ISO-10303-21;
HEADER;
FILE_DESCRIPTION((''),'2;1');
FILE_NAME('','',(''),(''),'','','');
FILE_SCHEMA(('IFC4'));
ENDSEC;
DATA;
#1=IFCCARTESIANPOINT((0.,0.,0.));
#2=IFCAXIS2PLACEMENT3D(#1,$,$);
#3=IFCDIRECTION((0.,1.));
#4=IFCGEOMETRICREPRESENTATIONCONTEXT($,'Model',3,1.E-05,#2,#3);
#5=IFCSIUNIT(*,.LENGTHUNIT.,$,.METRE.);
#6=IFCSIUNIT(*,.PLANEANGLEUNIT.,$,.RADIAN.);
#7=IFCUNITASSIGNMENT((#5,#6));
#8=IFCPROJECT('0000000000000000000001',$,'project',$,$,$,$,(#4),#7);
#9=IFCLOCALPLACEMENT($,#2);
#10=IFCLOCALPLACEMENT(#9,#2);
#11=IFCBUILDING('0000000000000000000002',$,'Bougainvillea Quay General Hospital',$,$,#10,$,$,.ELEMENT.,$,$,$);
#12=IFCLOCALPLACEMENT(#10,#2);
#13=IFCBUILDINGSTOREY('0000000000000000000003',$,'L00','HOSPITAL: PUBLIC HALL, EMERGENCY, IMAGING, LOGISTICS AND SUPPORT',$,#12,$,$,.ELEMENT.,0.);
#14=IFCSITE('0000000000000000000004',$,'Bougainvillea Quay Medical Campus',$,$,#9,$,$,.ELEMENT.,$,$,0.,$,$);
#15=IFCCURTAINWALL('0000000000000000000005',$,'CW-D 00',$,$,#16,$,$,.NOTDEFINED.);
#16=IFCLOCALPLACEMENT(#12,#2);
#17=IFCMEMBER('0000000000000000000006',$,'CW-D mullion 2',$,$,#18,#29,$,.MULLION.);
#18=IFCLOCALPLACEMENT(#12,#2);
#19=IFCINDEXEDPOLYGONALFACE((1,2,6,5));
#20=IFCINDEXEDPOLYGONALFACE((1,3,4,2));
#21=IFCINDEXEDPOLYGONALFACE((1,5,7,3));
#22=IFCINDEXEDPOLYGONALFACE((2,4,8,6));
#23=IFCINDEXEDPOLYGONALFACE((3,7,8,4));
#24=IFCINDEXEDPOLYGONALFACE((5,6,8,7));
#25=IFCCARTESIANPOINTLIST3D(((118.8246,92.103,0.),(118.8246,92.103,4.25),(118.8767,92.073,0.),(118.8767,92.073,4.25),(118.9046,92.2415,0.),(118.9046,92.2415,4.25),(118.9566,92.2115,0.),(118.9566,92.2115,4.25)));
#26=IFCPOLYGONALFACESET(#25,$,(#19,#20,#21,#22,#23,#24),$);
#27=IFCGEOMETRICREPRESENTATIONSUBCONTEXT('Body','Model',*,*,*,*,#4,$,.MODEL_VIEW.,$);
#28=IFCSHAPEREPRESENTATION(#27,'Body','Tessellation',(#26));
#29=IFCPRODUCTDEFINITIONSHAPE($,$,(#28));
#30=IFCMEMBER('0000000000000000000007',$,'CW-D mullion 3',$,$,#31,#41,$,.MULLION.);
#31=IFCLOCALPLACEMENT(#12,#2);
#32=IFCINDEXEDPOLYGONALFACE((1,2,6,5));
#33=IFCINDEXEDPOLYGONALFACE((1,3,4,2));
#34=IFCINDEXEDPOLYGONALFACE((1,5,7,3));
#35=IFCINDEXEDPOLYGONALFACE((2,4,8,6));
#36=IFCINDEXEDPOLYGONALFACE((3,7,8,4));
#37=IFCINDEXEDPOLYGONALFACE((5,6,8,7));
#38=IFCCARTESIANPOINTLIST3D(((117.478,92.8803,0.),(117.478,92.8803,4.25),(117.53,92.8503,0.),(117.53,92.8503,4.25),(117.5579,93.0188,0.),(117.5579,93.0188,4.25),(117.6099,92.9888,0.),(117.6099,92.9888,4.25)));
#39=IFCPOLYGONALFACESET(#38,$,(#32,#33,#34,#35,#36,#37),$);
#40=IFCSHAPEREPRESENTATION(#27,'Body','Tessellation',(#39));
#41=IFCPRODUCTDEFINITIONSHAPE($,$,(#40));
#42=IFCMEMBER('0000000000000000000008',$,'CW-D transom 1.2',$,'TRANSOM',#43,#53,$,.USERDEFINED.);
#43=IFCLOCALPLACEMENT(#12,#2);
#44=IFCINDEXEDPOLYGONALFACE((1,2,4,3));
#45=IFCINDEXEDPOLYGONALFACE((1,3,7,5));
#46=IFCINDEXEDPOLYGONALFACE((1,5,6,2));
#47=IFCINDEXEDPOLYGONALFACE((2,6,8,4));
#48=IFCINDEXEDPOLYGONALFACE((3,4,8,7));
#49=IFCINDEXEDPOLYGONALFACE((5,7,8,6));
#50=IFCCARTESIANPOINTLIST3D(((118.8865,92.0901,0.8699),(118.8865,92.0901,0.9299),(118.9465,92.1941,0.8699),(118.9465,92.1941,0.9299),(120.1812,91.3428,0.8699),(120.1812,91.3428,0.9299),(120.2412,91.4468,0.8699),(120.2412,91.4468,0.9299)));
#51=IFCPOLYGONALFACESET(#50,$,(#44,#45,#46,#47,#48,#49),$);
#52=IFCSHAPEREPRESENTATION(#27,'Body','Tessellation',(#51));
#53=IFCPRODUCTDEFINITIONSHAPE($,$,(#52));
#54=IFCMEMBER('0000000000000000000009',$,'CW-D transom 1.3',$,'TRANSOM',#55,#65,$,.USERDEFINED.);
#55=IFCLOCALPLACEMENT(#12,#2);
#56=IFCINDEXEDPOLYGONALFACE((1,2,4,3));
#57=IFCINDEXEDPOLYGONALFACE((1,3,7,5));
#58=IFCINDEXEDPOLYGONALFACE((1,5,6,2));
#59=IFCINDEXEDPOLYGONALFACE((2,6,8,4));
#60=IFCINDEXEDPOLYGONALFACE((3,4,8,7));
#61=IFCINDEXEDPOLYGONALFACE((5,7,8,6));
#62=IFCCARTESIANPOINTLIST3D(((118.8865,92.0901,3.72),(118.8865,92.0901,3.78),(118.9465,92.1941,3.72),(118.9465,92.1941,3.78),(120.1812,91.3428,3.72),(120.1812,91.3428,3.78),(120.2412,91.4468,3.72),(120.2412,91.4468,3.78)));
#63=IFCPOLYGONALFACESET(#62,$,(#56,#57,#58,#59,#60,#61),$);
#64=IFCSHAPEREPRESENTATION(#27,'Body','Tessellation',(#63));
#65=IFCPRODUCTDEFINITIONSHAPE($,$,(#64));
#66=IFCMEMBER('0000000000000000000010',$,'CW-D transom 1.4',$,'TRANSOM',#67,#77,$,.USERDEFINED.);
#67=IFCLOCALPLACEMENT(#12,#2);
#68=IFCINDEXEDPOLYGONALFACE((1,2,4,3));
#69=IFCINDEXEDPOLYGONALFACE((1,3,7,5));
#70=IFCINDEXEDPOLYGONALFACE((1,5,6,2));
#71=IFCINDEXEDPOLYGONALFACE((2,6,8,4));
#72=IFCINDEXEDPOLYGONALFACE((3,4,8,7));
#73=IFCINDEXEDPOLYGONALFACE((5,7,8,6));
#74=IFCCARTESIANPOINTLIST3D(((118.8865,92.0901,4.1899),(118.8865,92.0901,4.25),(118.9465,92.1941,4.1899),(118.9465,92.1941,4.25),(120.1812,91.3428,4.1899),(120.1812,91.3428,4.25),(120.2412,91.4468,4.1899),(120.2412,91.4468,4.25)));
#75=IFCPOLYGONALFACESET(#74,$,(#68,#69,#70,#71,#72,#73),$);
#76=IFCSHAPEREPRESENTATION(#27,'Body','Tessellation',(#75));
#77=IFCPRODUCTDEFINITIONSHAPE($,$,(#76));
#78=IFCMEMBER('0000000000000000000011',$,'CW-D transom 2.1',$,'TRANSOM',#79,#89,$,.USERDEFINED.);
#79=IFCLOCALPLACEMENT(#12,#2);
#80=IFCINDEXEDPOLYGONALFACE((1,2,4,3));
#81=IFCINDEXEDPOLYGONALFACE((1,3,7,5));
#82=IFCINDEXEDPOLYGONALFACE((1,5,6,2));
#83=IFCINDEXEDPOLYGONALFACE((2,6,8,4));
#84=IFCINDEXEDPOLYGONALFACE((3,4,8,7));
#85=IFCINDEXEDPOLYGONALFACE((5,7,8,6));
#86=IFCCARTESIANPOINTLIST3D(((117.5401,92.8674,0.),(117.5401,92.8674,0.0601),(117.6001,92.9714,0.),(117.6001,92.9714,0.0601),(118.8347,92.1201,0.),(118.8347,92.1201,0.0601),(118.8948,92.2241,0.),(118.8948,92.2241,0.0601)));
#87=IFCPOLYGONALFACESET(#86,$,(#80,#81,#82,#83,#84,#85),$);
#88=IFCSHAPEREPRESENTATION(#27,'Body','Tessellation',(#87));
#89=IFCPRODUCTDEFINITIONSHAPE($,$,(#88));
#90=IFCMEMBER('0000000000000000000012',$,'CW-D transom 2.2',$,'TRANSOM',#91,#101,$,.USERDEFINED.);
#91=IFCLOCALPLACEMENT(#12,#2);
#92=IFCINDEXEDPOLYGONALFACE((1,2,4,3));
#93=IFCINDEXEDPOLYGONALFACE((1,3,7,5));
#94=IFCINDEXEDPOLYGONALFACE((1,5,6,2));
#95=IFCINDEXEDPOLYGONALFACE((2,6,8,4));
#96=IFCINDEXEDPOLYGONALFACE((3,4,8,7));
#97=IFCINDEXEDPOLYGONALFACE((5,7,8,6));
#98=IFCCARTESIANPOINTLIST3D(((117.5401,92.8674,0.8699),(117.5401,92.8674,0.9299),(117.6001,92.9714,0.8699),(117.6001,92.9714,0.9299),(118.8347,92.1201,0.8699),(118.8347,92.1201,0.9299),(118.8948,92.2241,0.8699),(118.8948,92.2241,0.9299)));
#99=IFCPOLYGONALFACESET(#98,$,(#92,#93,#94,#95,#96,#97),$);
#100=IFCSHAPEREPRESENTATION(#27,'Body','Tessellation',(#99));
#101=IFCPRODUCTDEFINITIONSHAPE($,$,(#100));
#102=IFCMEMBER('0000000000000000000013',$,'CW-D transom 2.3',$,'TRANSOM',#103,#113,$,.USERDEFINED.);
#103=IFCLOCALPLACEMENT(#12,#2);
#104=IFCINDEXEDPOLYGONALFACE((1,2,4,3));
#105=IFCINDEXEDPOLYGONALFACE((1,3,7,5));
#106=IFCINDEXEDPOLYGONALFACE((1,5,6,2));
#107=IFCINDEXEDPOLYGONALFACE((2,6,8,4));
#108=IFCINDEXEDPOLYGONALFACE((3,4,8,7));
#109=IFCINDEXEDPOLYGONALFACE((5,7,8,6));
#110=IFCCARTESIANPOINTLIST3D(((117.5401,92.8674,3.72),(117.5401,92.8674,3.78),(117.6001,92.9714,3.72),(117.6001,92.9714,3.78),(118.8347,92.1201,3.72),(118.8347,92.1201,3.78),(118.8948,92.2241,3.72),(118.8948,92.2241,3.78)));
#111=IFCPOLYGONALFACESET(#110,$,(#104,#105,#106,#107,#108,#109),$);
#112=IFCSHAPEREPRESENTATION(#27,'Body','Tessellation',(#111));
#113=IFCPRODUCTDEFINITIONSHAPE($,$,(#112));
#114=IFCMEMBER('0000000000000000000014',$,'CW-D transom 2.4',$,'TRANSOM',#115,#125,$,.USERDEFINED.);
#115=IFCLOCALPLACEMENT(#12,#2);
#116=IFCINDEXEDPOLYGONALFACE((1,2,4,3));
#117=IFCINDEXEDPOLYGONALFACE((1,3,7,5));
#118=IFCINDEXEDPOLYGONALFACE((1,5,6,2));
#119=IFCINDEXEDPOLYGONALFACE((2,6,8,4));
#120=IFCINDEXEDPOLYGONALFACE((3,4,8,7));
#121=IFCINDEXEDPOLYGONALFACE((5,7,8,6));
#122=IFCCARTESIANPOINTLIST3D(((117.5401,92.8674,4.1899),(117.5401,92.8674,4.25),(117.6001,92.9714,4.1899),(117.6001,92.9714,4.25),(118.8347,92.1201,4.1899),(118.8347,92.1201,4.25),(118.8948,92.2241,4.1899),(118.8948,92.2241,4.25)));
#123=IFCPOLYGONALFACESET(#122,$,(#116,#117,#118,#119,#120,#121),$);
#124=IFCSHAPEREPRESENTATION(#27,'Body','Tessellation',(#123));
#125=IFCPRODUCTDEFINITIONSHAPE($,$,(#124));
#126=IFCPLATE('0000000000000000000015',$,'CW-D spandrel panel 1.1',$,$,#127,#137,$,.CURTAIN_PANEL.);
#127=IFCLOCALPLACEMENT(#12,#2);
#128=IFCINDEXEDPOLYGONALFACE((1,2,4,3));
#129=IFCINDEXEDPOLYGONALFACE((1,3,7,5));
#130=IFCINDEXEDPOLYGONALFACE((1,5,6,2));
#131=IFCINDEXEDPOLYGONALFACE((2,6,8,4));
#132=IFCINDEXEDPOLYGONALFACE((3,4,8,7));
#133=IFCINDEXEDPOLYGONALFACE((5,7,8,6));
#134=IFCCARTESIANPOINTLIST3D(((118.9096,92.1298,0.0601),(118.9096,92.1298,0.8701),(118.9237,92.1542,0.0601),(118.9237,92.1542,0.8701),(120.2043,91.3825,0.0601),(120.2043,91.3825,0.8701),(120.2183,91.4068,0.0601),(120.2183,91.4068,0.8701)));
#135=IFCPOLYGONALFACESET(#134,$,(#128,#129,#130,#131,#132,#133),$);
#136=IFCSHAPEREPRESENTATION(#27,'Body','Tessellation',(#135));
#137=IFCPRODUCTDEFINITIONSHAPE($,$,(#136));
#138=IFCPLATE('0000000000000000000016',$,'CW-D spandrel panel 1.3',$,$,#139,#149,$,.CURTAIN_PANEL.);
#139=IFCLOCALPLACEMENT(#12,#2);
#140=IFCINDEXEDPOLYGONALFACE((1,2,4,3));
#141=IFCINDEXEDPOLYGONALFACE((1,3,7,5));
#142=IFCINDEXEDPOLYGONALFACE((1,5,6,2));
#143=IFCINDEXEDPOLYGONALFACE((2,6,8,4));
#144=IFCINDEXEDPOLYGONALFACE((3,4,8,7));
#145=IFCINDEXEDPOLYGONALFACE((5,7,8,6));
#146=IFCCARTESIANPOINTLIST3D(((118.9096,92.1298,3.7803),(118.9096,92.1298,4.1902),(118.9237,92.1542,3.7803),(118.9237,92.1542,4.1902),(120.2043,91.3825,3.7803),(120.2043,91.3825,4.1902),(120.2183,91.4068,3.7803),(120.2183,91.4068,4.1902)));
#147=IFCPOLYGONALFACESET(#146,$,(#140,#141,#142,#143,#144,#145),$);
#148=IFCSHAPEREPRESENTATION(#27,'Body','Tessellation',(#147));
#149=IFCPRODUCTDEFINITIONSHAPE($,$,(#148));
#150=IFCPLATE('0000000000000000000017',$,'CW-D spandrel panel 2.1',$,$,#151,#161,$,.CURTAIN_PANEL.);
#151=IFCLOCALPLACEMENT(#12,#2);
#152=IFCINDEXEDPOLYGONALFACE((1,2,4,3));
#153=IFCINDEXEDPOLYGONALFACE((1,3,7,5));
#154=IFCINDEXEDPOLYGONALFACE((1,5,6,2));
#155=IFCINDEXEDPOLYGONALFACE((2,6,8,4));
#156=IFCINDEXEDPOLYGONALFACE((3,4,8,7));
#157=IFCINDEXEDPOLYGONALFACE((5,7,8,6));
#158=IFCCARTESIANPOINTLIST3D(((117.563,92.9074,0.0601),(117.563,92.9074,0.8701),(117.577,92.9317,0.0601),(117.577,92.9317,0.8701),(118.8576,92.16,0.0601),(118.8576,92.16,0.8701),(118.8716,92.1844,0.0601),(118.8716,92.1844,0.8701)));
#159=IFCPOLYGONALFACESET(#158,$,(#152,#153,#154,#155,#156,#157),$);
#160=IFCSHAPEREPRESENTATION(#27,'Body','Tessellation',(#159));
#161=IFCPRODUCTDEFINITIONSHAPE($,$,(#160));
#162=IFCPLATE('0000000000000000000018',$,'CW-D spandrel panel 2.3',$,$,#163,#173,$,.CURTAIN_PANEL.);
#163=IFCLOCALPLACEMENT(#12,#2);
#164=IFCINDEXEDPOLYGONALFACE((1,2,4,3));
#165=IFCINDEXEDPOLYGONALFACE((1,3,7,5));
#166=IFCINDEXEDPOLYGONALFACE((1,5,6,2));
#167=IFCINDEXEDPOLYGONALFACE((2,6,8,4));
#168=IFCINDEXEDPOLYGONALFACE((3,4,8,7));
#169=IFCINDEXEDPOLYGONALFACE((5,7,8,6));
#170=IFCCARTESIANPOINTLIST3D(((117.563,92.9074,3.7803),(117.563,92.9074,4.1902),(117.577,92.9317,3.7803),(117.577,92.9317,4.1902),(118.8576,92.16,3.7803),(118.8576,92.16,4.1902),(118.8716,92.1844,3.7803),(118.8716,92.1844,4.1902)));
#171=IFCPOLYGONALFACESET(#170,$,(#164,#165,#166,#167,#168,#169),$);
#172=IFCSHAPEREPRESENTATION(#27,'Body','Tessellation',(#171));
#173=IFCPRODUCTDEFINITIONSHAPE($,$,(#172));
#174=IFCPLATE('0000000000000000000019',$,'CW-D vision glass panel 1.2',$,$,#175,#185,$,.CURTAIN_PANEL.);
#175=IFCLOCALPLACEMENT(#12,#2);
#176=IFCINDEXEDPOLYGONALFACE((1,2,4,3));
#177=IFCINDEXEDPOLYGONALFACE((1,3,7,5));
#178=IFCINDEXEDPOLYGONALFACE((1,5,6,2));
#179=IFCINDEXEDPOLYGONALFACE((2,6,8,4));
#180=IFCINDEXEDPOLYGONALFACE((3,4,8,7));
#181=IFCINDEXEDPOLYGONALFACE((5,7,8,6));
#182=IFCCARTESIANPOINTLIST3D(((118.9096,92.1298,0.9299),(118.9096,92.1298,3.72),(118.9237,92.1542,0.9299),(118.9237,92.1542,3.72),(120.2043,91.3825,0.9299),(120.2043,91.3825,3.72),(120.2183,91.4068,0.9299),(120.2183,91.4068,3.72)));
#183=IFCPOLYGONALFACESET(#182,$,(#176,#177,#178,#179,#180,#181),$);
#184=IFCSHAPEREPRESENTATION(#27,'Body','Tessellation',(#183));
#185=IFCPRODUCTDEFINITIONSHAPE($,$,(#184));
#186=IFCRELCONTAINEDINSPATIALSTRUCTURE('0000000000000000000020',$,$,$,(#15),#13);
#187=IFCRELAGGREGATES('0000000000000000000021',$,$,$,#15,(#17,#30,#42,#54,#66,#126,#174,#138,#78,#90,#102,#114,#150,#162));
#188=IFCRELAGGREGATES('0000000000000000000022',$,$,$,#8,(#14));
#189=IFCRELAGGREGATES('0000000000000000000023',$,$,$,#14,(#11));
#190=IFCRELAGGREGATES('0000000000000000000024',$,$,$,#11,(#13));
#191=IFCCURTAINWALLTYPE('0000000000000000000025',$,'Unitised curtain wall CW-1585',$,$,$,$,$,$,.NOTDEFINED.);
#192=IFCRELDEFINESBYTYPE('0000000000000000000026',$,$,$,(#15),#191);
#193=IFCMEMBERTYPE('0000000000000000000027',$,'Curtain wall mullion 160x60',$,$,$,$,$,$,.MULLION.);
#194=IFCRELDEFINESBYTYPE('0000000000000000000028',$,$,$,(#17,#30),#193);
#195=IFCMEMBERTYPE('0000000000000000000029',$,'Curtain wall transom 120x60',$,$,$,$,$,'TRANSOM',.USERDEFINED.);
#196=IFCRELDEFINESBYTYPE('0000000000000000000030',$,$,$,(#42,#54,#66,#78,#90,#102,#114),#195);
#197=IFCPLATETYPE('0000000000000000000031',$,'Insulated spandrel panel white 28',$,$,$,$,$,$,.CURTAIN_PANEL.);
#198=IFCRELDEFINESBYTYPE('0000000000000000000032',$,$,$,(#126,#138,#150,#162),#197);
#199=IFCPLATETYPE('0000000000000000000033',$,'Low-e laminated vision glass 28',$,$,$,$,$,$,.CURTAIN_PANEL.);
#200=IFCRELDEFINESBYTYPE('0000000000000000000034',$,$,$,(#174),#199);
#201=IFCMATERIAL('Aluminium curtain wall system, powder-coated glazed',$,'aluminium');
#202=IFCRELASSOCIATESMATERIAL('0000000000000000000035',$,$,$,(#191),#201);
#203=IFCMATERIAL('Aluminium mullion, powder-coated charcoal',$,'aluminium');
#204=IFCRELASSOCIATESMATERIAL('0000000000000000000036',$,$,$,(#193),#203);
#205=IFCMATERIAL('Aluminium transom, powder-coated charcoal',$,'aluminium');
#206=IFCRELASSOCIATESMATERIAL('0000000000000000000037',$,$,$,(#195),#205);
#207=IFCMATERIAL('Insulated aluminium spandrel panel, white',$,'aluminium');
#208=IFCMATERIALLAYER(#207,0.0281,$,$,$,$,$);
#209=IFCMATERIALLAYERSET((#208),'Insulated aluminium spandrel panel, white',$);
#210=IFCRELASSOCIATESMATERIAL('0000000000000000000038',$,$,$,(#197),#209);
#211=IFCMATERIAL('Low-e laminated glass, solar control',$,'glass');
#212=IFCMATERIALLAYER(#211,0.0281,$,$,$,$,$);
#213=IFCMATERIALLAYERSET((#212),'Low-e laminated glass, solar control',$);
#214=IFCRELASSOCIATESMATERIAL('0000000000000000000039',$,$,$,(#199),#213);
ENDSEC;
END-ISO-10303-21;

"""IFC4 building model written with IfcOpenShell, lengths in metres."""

from ifc_helpers import new_model, si_unit, direction, frame, origin, origin_2d, place, context, subcontext, project, spatial, rectangle, extrude, material, layer, layer_set, material_profile, profile_set, type_object, element, aggregate, save


model = new_model("IFC4")

# Units and contexts
model_context = context("Model", 3, precision=1e-05, world=origin(), true_north=direction((0.0, 1.0)))
body_context = subcontext(model_context, "Body", "Model", "MODEL_VIEW")
ifc_project = project(units=[si_unit("LENGTHUNIT", "METRE"), si_unit("PLANEANGLEUNIT", "RADIAN")], contexts=[model_context])

# Site, building, storey
site_placement = place(None, origin())
site = spatial("IfcSite", under=ifc_project, at=site_placement, Name="Bougainvillea Quay Medical Campus", CompositionType="ELEMENT", RefElevation=0.0)
building_placement = place(site_placement, origin())
building = spatial("IfcBuilding", under=site, at=building_placement, Name="Bougainvillea Quay General Hospital", CompositionType="ELEMENT")
storey_placement = place(building_placement, origin())
storey = spatial("IfcBuildingStorey", under=building, at=storey_placement, Name="L00", Description="HOSPITAL: PUBLIC HALL, EMERGENCY, IMAGING, LOGISTICS AND SUPPORT", CompositionType="ELEMENT", Elevation=0.0)

# Curtain wall, members, plates
ifc_material_1 = material(Name="Aluminium curtain wall system, powder-coated glazed", Category="aluminium")
curtain_wall_type = type_object("IfcCurtainWallType", Name="Unitised curtain wall CW-1585", PredefinedType="NOTDEFINED", material=ifc_material_1)
curtain_wall_placement = place(storey_placement, origin())
curtain_wall = element("IfcCurtainWall", 1, at=curtain_wall_placement, inside=storey, type_object=curtain_wall_type, Name="CW-D 00", PredefinedType="NOTDEFINED")
ifc_material_2 = material(Name="Aluminium mullion, powder-coated charcoal", Category="aluminium")
ifc_material_profile_1 = material_profile(ifc_material_2, rectangle(XDim=0.1599, YDim=0.0601, at=origin_2d()))
ifc_profile_set_1 = profile_set([ifc_material_profile_1], Name="Aluminium mullion, powder-coated charcoal")
member_type_1 = type_object("IfcMemberType", Name="Curtain wall mullion 160x60", PredefinedType="MULLION", material=ifc_profile_set_1)
member_1_placement = place(storey_placement, frame((118.8906, 92.1572, 0.0), z_axis=(0.0, 0.0, 1.0), x_axis=(-0.499965, -0.866046, 0.0)))
member_1 = element("IfcMember", 2, at=member_1_placement, type_object=member_type_1, Name="CW-D mullion 2", PredefinedType="MULLION", context=body_context, shape_type="SweptSolid", body=[
    extrude(rectangle(XDim=0.1599, YDim=0.0601, at=origin_2d()), origin(), (0.0, 0.0, 1.0), 4.25),
])
member_2_placement = place(storey_placement, frame((117.5439, 92.9346, 0.0), z_axis=(0.0, 0.0, 1.0), x_axis=(-0.499965, -0.866046, 0.0)))
member_2 = element("IfcMember", 3, at=member_2_placement, type_object=member_type_1, Name="CW-D mullion 3", PredefinedType="MULLION", context=body_context, shape_type="SweptSolid", body=[
    extrude(rectangle(XDim=0.1599, YDim=0.0601, at=origin_2d()), origin(), (0.0, 0.0, 1.0), 4.25),
])
ifc_material_3 = material(Name="Aluminium transom, powder-coated charcoal", Category="aluminium")
ifc_material_profile_2 = material_profile(ifc_material_3, rectangle(XDim=0.1201, YDim=0.0601, at=origin_2d()))
ifc_profile_set_2 = profile_set([ifc_material_profile_2], Name="Aluminium transom, powder-coated charcoal")
member_type_2 = type_object("IfcMemberType", Name="Curtain wall transom 120x60", ElementType="TRANSOM", PredefinedType="USERDEFINED", material=ifc_profile_set_2)
member_3_placement = place(storey_placement, frame((120.2112, 91.3948, 0.8999), z_axis=(-0.866074, 0.499916, 0.0), x_axis=(-0.499916, -0.866074, 0.0)))
member_3 = element("IfcMember", 4, at=member_3_placement, type_object=member_type_2, Name="CW-D transom 1.2", ObjectType="TRANSOM", PredefinedType="USERDEFINED", context=body_context, shape_type="SweptSolid", body=[
    extrude(rectangle(XDim=0.1201, YDim=0.0601, at=origin_2d()), origin(), (0.0, 0.0, 1.0), 1.4949),
])
member_4_placement = place(storey_placement, frame((120.2112, 91.3948, 3.75), z_axis=(-0.866074, 0.499916, 0.0), x_axis=(-0.499916, -0.866074, 0.0)))
member_4 = element("IfcMember", 5, at=member_4_placement, type_object=member_type_2, Name="CW-D transom 1.3", ObjectType="TRANSOM", PredefinedType="USERDEFINED", context=body_context, shape_type="SweptSolid", body=[
    extrude(rectangle(XDim=0.1201, YDim=0.0601, at=origin_2d()), origin(), (0.0, 0.0, 1.0), 1.4949),
])
member_5_placement = place(storey_placement, frame((120.2112, 91.3948, 4.22), z_axis=(-0.866074, 0.499916, 0.0), x_axis=(-0.499916, -0.866074, 0.0)))
member_5 = element("IfcMember", 6, at=member_5_placement, type_object=member_type_2, Name="CW-D transom 1.4", ObjectType="TRANSOM", PredefinedType="USERDEFINED", context=body_context, shape_type="SweptSolid", body=[
    extrude(rectangle(XDim=0.1201, YDim=0.0601, at=origin_2d()), origin(), (0.0, 0.0, 1.0), 1.4949),
])
member_6_placement = place(storey_placement, frame((118.8647, 92.1721, 0.03), z_axis=(-0.866074, 0.499916, 0.0), x_axis=(-0.499916, -0.866074, 0.0)))
member_6 = element("IfcMember", 7, at=member_6_placement, type_object=member_type_2, Name="CW-D transom 2.1", ObjectType="TRANSOM", PredefinedType="USERDEFINED", context=body_context, shape_type="SweptSolid", body=[
    extrude(rectangle(XDim=0.1201, YDim=0.0601, at=origin_2d()), origin(), (0.0, 0.0, 1.0), 1.4949),
])
member_7_placement = place(storey_placement, frame((118.8647, 92.1721, 0.8999), z_axis=(-0.866074, 0.499916, 0.0), x_axis=(-0.499916, -0.866074, 0.0)))
member_7 = element("IfcMember", 8, at=member_7_placement, type_object=member_type_2, Name="CW-D transom 2.2", ObjectType="TRANSOM", PredefinedType="USERDEFINED", context=body_context, shape_type="SweptSolid", body=[
    extrude(rectangle(XDim=0.1201, YDim=0.0601, at=origin_2d()), origin(), (0.0, 0.0, 1.0), 1.4949),
])
member_8_placement = place(storey_placement, frame((118.8647, 92.1721, 3.75), z_axis=(-0.866074, 0.499916, 0.0), x_axis=(-0.499916, -0.866074, 0.0)))
member_8 = element("IfcMember", 9, at=member_8_placement, type_object=member_type_2, Name="CW-D transom 2.3", ObjectType="TRANSOM", PredefinedType="USERDEFINED", context=body_context, shape_type="SweptSolid", body=[
    extrude(rectangle(XDim=0.1201, YDim=0.0601, at=origin_2d()), origin(), (0.0, 0.0, 1.0), 1.4949),
])
member_9_placement = place(storey_placement, frame((118.8647, 92.1721, 4.22), z_axis=(-0.866074, 0.499916, 0.0), x_axis=(-0.499916, -0.866074, 0.0)))
member_9 = element("IfcMember", 10, at=member_9_placement, type_object=member_type_2, Name="CW-D transom 2.4", ObjectType="TRANSOM", PredefinedType="USERDEFINED", context=body_context, shape_type="SweptSolid", body=[
    extrude(rectangle(XDim=0.1201, YDim=0.0601, at=origin_2d()), origin(), (0.0, 0.0, 1.0), 1.4949),
])
ifc_material_4 = material(Name="Insulated aluminium spandrel panel, white", Category="aluminium")
ifc_layer_1 = layer(ifc_material_4, 0.0281)
ifc_layer_set_1 = layer_set([ifc_layer_1], Name="Insulated aluminium spandrel panel, white")
plate_type_1 = type_object("IfcPlateType", Name="Insulated spandrel panel white 28", PredefinedType="CURTAIN_PANEL", material=ifc_layer_set_1)
plate_1_placement = place(storey_placement, frame((119.564, 91.7683, 0.0601), z_axis=(0.0, 0.0, 1.0), x_axis=(-0.866046, 0.499965, 0.0)))
plate_1 = element("IfcPlate", 11, at=plate_1_placement, type_object=plate_type_1, Name="CW-D spandrel panel 1.1", PredefinedType="CURTAIN_PANEL", context=body_context, shape_type="SweptSolid", body=[
    extrude(rectangle(XDim=1.4949, YDim=0.0281, at=origin_2d()), origin(), (0.0, 0.0, 1.0), 0.8101),
])
plate_2_placement = place(storey_placement, frame((119.564, 91.7683, 3.7803), z_axis=(0.0, 0.0, 1.0), x_axis=(-0.866046, 0.499965, 0.0)))
plate_2 = element("IfcPlate", 12, at=plate_2_placement, type_object=plate_type_1, Name="CW-D spandrel panel 1.3", PredefinedType="CURTAIN_PANEL", context=body_context, shape_type="SweptSolid", body=[
    extrude(rectangle(XDim=1.4949, YDim=0.0281, at=origin_2d()), origin(), (0.0, 0.0, 1.0), 0.4099),
])
plate_3_placement = place(storey_placement, frame((118.2173, 92.5459, 0.0601), z_axis=(0.0, 0.0, 1.0), x_axis=(-0.866046, 0.499965, 0.0)))
plate_3 = element("IfcPlate", 13, at=plate_3_placement, type_object=plate_type_1, Name="CW-D spandrel panel 2.1", PredefinedType="CURTAIN_PANEL", context=body_context, shape_type="SweptSolid", body=[
    extrude(rectangle(XDim=1.4949, YDim=0.0281, at=origin_2d()), origin(), (0.0, 0.0, 1.0), 0.8101),
])
plate_4_placement = place(storey_placement, frame((118.2173, 92.5459, 3.7803), z_axis=(0.0, 0.0, 1.0), x_axis=(-0.866046, 0.499965, 0.0)))
plate_4 = element("IfcPlate", 14, at=plate_4_placement, type_object=plate_type_1, Name="CW-D spandrel panel 2.3", PredefinedType="CURTAIN_PANEL", context=body_context, shape_type="SweptSolid", body=[
    extrude(rectangle(XDim=1.4949, YDim=0.0281, at=origin_2d()), origin(), (0.0, 0.0, 1.0), 0.4099),
])
ifc_material_5 = material(Name="Low-e laminated glass, solar control", Category="glass")
ifc_layer_2 = layer(ifc_material_5, 0.0281)
ifc_layer_set_2 = layer_set([ifc_layer_2], Name="Low-e laminated glass, solar control")
plate_type_2 = type_object("IfcPlateType", Name="Low-e laminated vision glass 28", PredefinedType="CURTAIN_PANEL", material=ifc_layer_set_2)
plate_5_placement = place(storey_placement, frame((119.564, 91.7683, 0.9299), z_axis=(0.0, 0.0, 1.0), x_axis=(-0.866046, 0.499965, 0.0)))
plate_5 = element("IfcPlate", 15, at=plate_5_placement, type_object=plate_type_2, Name="CW-D vision glass panel 1.2", PredefinedType="CURTAIN_PANEL", context=body_context, shape_type="SweptSolid", body=[
    extrude(rectangle(XDim=1.4949, YDim=0.0281, at=origin_2d()), origin(), (0.0, 0.0, 1.0), 2.79),
])
aggregate(curtain_wall, [member_1, member_2, member_3, member_4, member_5, plate_1, plate_5, plate_2, member_6, member_7, member_8, member_9, plate_3, plate_4])

save(model, "model.ifc")
